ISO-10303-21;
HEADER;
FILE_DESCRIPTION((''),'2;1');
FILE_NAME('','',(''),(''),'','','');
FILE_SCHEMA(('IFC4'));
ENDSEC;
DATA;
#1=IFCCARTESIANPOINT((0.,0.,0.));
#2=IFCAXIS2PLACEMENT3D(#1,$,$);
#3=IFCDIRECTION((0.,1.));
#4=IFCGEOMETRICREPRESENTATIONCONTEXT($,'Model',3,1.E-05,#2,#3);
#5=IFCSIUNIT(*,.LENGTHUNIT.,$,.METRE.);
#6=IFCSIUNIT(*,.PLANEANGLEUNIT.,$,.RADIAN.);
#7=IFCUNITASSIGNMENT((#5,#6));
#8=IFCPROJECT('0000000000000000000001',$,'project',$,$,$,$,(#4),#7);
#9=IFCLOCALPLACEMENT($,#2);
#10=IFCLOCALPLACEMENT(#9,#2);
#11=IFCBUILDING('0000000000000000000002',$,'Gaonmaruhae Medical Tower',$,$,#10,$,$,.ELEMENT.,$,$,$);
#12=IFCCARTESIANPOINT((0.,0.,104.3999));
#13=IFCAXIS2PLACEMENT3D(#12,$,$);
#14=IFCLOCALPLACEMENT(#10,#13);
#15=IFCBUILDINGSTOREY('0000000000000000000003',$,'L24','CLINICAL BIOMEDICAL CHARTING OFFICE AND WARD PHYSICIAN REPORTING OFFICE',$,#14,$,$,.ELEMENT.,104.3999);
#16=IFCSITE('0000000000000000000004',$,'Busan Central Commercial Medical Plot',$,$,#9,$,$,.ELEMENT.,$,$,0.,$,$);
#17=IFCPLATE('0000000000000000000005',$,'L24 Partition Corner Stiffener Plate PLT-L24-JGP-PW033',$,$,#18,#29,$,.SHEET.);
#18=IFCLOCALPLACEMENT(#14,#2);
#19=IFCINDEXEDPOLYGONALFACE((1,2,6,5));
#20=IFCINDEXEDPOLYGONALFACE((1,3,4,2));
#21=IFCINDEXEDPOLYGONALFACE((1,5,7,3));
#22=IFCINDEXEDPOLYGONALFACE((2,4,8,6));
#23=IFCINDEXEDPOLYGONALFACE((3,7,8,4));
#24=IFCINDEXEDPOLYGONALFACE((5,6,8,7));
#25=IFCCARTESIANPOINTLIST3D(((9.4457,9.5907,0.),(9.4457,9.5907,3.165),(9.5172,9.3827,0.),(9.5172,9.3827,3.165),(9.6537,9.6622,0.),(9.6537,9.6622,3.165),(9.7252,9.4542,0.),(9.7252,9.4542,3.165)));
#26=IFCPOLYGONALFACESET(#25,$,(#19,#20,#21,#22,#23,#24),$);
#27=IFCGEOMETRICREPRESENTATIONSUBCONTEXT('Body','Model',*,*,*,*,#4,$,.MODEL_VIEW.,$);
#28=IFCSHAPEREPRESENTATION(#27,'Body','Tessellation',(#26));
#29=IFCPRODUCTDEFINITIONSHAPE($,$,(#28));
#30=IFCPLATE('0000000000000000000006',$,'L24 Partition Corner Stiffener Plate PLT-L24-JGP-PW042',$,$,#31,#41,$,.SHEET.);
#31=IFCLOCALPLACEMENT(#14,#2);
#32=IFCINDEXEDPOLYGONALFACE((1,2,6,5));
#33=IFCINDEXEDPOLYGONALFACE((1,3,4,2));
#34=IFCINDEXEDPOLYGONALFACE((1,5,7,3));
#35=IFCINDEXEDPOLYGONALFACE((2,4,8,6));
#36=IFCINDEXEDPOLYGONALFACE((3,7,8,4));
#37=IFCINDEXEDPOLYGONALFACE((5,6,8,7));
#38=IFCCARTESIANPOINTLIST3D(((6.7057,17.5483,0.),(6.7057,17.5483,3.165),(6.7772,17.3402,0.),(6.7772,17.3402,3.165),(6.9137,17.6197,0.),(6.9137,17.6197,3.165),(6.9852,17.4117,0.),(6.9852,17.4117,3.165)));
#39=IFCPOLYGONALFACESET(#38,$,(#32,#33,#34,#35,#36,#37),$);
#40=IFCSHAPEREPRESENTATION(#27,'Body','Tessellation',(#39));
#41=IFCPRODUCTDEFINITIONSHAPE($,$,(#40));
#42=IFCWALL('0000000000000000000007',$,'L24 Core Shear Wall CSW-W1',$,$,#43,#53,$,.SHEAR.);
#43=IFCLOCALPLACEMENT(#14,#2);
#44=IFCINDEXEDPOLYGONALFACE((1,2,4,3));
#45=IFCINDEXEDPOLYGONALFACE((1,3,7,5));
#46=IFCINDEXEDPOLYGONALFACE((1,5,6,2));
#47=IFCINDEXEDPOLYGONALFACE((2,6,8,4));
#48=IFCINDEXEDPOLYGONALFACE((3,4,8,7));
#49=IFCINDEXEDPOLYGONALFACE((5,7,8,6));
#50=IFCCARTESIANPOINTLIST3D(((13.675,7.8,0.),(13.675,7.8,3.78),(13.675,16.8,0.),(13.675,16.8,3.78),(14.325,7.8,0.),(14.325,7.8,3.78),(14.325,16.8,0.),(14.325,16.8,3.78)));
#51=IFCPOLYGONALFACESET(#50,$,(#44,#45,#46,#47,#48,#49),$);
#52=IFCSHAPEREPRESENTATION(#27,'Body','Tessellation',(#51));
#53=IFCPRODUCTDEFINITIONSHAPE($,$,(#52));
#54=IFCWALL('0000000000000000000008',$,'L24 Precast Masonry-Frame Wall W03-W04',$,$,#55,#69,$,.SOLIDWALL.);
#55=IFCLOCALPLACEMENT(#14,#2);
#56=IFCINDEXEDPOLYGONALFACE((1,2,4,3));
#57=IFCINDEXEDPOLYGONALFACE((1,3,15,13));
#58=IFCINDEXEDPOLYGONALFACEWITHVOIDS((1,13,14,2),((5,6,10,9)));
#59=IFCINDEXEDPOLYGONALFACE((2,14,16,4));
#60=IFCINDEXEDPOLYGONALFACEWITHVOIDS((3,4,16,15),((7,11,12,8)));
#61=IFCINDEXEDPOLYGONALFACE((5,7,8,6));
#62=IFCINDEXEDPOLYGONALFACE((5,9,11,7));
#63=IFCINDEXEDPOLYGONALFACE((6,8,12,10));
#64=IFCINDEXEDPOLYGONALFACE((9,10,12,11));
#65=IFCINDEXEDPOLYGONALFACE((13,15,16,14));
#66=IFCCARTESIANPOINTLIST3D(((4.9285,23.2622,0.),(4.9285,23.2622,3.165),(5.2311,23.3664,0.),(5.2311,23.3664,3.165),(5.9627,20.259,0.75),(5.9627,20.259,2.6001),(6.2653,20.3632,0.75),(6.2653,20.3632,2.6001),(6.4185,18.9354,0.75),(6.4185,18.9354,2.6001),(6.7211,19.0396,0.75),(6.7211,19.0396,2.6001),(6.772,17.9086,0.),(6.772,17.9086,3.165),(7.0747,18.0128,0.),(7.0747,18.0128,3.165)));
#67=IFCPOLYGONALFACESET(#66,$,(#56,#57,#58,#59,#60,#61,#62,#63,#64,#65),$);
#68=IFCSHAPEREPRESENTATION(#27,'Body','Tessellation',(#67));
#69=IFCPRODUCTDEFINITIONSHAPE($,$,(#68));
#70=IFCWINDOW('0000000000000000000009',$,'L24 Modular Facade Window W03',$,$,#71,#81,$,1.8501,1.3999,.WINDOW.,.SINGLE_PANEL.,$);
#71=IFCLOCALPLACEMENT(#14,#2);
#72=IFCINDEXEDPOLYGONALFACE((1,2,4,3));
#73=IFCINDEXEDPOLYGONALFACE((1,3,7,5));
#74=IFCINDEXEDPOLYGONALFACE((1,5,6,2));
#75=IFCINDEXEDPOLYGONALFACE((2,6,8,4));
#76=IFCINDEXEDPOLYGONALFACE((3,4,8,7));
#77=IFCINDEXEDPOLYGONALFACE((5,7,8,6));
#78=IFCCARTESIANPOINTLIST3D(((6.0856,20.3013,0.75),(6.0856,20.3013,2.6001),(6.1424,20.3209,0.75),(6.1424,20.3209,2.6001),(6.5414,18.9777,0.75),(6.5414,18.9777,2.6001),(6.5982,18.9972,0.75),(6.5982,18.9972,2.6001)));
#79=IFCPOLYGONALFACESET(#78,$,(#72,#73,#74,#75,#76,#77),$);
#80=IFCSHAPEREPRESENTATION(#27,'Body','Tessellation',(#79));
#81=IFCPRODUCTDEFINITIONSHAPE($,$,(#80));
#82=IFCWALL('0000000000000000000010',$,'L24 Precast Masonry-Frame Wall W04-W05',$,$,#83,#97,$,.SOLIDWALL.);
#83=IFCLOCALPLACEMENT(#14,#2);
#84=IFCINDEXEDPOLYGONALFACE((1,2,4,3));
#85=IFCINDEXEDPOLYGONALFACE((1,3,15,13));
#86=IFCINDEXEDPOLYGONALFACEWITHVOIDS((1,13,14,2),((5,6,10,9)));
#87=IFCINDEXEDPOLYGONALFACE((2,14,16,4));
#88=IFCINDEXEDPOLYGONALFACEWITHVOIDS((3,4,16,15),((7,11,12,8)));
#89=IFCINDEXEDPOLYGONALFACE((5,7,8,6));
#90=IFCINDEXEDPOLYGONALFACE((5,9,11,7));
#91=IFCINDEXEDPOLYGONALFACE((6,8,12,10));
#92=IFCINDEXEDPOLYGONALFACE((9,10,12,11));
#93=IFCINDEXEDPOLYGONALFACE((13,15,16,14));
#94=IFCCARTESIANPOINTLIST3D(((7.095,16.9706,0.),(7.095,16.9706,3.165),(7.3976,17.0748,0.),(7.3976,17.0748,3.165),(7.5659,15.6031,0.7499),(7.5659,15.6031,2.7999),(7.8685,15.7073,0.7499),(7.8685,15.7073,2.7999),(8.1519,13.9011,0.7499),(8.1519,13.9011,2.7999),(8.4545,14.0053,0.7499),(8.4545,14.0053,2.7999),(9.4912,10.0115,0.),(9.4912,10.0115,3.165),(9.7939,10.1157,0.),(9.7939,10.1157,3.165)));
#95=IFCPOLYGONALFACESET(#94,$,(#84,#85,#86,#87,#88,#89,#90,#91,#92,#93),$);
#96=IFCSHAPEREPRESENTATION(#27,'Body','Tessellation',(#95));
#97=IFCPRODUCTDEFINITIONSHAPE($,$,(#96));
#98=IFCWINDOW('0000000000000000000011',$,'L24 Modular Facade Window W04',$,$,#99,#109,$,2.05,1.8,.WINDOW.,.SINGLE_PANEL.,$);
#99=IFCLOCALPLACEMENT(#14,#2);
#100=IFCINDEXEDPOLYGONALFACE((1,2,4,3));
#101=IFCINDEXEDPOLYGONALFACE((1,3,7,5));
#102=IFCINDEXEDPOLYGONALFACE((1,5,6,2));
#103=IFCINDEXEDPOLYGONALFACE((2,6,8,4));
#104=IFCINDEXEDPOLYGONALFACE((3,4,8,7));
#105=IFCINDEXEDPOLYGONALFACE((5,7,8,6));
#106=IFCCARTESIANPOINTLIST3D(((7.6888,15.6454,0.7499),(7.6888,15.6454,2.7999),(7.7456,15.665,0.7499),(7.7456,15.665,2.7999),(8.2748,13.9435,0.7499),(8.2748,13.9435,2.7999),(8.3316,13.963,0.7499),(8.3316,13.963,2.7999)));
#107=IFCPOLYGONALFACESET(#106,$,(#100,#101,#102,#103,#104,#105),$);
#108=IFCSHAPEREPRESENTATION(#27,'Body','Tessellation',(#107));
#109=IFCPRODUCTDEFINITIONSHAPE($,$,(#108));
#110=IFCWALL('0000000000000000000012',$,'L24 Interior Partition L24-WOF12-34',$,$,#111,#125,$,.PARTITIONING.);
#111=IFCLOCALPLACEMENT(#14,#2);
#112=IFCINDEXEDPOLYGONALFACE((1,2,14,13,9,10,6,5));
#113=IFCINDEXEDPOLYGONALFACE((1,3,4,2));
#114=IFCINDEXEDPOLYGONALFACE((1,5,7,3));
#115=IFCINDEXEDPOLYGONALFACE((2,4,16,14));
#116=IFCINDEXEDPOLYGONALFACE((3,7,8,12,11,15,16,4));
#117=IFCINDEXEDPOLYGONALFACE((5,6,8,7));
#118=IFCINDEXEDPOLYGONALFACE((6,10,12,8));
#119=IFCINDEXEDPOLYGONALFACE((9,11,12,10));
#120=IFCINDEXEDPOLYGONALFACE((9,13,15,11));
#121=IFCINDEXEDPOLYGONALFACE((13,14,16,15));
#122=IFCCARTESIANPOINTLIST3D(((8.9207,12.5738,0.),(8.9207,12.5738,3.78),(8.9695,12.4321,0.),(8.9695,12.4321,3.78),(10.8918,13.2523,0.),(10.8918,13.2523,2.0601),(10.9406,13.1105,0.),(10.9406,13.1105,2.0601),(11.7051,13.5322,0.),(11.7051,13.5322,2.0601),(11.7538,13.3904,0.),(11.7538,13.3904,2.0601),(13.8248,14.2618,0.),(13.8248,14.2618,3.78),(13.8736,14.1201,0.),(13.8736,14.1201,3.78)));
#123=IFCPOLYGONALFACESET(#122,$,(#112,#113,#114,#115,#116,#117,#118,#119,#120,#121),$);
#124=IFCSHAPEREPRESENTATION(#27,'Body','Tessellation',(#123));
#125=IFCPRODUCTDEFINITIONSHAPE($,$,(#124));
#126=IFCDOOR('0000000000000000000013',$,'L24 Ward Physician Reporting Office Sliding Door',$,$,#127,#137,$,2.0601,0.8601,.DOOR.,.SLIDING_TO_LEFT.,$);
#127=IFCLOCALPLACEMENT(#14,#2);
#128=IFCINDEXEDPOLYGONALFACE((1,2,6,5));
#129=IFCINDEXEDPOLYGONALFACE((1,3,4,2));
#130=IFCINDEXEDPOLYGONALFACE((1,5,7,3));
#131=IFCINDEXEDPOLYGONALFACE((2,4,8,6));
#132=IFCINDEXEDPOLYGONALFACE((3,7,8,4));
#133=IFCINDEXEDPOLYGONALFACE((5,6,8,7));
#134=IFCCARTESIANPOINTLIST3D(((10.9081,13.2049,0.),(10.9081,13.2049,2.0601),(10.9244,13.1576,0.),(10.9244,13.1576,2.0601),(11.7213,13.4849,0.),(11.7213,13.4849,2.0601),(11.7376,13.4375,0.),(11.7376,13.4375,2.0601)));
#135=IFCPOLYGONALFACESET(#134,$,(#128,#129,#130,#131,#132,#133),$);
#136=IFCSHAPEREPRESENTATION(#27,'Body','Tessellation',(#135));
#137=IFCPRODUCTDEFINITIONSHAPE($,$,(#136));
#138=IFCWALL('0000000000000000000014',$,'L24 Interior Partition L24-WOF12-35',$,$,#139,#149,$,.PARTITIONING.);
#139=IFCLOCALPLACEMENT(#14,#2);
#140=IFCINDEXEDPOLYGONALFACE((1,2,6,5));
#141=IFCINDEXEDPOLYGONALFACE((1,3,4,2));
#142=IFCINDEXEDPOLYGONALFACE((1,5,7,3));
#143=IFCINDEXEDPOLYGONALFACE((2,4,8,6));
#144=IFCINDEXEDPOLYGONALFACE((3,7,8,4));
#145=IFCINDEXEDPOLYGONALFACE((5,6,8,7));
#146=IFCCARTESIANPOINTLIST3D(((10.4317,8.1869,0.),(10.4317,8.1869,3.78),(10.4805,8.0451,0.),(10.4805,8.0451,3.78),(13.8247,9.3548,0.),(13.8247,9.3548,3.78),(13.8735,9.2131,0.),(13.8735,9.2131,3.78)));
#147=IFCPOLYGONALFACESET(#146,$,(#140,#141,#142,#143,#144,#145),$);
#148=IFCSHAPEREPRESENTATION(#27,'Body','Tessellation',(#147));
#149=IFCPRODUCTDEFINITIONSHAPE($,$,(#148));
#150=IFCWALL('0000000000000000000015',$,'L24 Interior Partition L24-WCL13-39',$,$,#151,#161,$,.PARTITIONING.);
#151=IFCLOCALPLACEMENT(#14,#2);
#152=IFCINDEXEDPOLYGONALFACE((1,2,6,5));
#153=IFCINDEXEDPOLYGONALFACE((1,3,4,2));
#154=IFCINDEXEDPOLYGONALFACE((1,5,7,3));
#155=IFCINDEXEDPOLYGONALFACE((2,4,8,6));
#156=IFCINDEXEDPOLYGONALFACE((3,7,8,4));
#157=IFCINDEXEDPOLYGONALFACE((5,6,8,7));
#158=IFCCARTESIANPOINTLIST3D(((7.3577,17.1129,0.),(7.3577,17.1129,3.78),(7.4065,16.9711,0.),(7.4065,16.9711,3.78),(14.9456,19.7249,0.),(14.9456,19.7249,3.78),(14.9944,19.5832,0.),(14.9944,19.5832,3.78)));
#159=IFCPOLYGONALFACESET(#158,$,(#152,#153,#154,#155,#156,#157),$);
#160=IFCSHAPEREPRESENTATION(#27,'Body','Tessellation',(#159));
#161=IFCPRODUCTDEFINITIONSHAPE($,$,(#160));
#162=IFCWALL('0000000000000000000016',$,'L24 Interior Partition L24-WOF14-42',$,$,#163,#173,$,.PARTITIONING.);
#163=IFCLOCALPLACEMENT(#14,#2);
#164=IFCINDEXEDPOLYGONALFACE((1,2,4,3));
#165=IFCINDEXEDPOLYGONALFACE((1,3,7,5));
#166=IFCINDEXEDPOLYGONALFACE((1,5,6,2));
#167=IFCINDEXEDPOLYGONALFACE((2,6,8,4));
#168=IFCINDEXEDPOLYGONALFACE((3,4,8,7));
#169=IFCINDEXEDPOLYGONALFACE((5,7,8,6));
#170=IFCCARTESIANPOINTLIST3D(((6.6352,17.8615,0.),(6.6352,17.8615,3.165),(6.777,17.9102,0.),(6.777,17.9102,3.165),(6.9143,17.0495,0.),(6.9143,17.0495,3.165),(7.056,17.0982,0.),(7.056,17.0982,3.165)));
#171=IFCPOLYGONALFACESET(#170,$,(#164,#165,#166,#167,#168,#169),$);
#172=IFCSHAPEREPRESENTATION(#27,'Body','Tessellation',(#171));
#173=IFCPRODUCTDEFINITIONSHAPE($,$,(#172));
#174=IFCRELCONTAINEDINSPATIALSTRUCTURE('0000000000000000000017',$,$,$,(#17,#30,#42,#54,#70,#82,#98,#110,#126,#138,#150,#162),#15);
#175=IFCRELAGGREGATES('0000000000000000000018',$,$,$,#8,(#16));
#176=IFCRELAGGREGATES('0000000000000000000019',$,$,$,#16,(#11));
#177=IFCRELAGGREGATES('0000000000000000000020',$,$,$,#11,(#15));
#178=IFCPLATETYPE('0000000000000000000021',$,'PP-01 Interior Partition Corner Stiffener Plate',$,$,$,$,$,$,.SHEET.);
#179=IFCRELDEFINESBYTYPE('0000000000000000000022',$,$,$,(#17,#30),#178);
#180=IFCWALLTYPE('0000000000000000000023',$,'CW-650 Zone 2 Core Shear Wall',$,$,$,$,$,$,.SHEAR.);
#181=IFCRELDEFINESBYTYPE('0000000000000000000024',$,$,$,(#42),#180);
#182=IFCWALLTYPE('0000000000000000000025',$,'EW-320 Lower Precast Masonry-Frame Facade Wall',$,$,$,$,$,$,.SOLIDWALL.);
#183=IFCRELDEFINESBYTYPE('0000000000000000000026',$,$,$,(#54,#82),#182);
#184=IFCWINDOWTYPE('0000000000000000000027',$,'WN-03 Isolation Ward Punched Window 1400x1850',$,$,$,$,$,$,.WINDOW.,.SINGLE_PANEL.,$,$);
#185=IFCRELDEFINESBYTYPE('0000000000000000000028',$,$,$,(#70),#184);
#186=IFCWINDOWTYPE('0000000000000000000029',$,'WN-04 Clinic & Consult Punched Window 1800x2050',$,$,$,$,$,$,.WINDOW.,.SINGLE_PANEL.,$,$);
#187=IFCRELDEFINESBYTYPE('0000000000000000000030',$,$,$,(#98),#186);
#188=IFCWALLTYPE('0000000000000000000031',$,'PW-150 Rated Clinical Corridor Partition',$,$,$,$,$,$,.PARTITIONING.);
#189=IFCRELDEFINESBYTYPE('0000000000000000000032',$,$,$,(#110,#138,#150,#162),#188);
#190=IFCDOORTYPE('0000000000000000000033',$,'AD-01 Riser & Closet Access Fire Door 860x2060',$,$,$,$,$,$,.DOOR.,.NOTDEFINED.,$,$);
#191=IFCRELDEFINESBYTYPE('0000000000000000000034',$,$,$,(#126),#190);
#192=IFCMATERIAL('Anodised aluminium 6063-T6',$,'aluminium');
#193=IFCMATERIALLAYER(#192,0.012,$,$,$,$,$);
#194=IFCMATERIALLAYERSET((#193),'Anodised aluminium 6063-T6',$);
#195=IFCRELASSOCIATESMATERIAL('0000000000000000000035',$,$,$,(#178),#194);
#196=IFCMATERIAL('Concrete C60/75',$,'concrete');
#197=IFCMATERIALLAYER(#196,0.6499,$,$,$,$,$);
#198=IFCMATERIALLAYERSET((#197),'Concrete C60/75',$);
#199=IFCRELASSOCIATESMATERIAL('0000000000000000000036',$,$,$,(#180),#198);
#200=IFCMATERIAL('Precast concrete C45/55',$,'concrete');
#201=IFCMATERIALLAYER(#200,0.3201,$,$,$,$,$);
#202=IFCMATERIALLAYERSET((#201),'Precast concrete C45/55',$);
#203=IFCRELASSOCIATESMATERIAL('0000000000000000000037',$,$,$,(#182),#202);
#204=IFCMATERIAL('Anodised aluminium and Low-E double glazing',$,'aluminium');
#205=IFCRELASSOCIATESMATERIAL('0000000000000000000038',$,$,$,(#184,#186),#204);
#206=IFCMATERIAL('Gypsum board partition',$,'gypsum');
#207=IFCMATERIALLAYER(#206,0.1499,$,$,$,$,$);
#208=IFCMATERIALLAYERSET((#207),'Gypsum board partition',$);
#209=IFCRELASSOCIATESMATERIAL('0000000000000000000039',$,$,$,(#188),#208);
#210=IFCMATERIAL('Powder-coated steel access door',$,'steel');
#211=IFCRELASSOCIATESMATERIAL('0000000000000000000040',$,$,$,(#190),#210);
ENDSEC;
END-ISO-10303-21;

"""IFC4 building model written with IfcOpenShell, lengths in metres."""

from ifc_helpers import new_model, si_unit, direction, frame, frame_2d, origin, origin_2d, place, context, subcontext, project, spatial, rectangle, extrude, material, layer, layer_set, type_object, element, fill, save


model = new_model("IFC4")

# Units and contexts
model_context = context("Model", 3, precision=1e-05, world=origin(), true_north=direction((0.0, 1.0)))
body_context = subcontext(model_context, "Body", "Model", "MODEL_VIEW")
ifc_project = project(units=[si_unit("LENGTHUNIT", "METRE"), si_unit("PLANEANGLEUNIT", "RADIAN")], contexts=[model_context])

# Site, building, storey
site_placement = place(None, origin())
site = spatial("IfcSite", under=ifc_project, at=site_placement, Name="Busan Central Commercial Medical Plot", CompositionType="ELEMENT", RefElevation=0.0)
building_placement = place(site_placement, origin())
building = spatial("IfcBuilding", under=site, at=building_placement, Name="Gaonmaruhae Medical Tower", CompositionType="ELEMENT")
storey_placement = place(building_placement, frame((0.0, 0.0, 104.3999)))
storey = spatial("IfcBuildingStorey", under=building, at=storey_placement, Name="L24", Description="CLINICAL BIOMEDICAL CHARTING OFFICE AND WARD PHYSICIAN REPORTING OFFICE", CompositionType="ELEMENT", Elevation=104.3999)

# Shared definitions
ifc_material_1 = material(Name="Concrete C60/75", Category="concrete")

# Plates
ifc_material_2 = material(Name="Anodised aluminium 6063-T6", Category="aluminium")
ifc_layer_1 = layer(ifc_material_2, 0.012)
ifc_layer_set_1 = layer_set([ifc_layer_1], Name="Anodised aluminium 6063-T6")
plate_type = type_object("IfcPlateType", Name="PP-01 Interior Partition Corner Stiffener Plate", PredefinedType="SHEET", material=ifc_layer_set_1)
for number, where, z_axis, x_axis, name in (
    (1, (9.5854, 9.5225, 0.0), (0.0, 0.0, 1.0), (-0.325337, 0.945598, 0.0), "L24 Partition Corner Stiffener Plate PLT-L24-JGP-PW033"),
    (2, (6.8455, 17.48, 0.0), (0.0, 0.0, 1.0), (-0.324957, 0.945729, 0.0), "L24 Partition Corner Stiffener Plate PLT-L24-JGP-PW042"),
):
    element("IfcPlate", number, at=place(storey_placement, frame(where, z_axis=z_axis, x_axis=x_axis)), inside=storey, type_object=plate_type, Name=name, PredefinedType="SHEET", context=body_context, shape_type="SweptSolid", body=[
        extrude(rectangle(XDim=0.22, YDim=0.22, at=origin_2d()), origin(), (0.0, 0.0, 1.0), 3.165),
    ])

# Wall
ifc_layer_2 = layer(ifc_material_1, 0.6499)
ifc_layer_set_2 = layer_set([ifc_layer_2], Name="Concrete C60/75")
wall_type_1 = type_object("IfcWallType", Name="CW-650 Zone 2 Core Shear Wall", PredefinedType="SHEAR", material=ifc_layer_set_2)
wall_1_placement = place(storey_placement, frame((14.0, 16.8, 0.0), z_axis=(0.0, 0.0, 1.0), x_axis=(0.0, -1.0, 0.0)))
element("IfcWall", 3, at=wall_1_placement, inside=storey, type_object=wall_type_1, Name="L24 Core Shear Wall CSW-W1", PredefinedType="SHEAR", context=body_context, shape_type="SweptSolid", body=[
    extrude(rectangle(XDim=9.0, YDim=0.6499, at=frame_2d((4.5, 0.0))), origin(), (0.0, 0.0, 1.0), 3.78),
])

# Walls, openings, windows
ifc_material_3 = material(Name="Precast concrete C45/55", Category="concrete")
ifc_layer_3 = layer(ifc_material_3, 0.3201)
ifc_layer_set_3 = layer_set([ifc_layer_3], Name="Precast concrete C45/55")
wall_type_2 = type_object("IfcWallType", Name="EW-320 Lower Precast Masonry-Frame Facade Wall", PredefinedType="SOLIDWALL", material=ifc_layer_set_3)
wall_2_placement = place(storey_placement, frame((6.9233, 17.9607, 0.0), z_axis=(0.0, 0.0, 1.0), x_axis=(-0.325591, 0.945511, 0.0)))
wall_2 = element("IfcWall", 4, at=wall_2_placement, inside=storey, type_object=wall_type_2, Name="L24 Precast Masonry-Frame Wall W03-W04", PredefinedType="SOLIDWALL", context=body_context, shape_type="SweptSolid", body=[
    extrude(rectangle(XDim=5.6621, YDim=0.3201, at=frame_2d((2.8311, 0.0))), origin(), (0.0, 0.0, 1.0), 3.165),
])
opening_1_placement = place(wall_2_placement, frame((1.0859, 0.0, 0.75)))
opening_1 = element("IfcOpeningElement", 5, at=opening_1_placement, cuts=wall_2, PredefinedType="OPENING", context=body_context, shape_type="SweptSolid", body=[
    extrude(rectangle(XDim=1.3999, YDim=1.8501, at=frame_2d((0.7, 0.925))), frame((0.0, 0.1699, 0.0), z_axis=(0.0, -1.0, 0.0), x_axis=(1.0, 0.0, 0.0)), (0.0, 0.0, 1.0), 0.3401),
])
ifc_material_4 = material(Name="Anodised aluminium and Low-E double glazing", Category="aluminium")
window_type_1 = type_object("IfcWindowType", Name="WN-03 Isolation Ward Punched Window 1400x1850", PartitioningType="SINGLE_PANEL", PredefinedType="WINDOW", material=ifc_material_4)
window_1_placement = place(opening_1_placement, origin())
window_1 = element("IfcWindow", 6, at=window_1_placement, inside=storey, type_object=window_type_1, Name="L24 Modular Facade Window W03", OverallHeight=1.8501, OverallWidth=1.3999, PartitioningType="SINGLE_PANEL", PredefinedType="WINDOW", context=body_context, shape_type="SweptSolid", body=[
    extrude(rectangle(XDim=1.3999, YDim=1.8501, at=frame_2d((0.7, 0.925))), frame((0.0, 0.03, 0.0), z_axis=(0.0, -1.0, 0.0), x_axis=(1.0, 0.0, 0.0)), (0.0, 0.0, 1.0), 0.0601),
])
fill(opening_1, window_1)
wall_3_placement = place(storey_placement, frame((9.6426, 10.0635, 0.0), z_axis=(0.0, 0.0, 1.0), x_axis=(-0.325566, 0.945519, 0.0)))
wall_3 = element("IfcWall", 7, at=wall_3_placement, inside=storey, type_object=wall_type_2, Name="L24 Precast Masonry-Frame Wall W04-W05", PredefinedType="SOLIDWALL", context=body_context, shape_type="SweptSolid", body=[
    extrude(rectangle(XDim=7.3601, YDim=0.3201, at=frame_2d((3.6802, 0.0))), origin(), (0.0, 0.0, 1.0), 3.165),
])
opening_2_placement = place(wall_3_placement, frame((4.114, 0.0, 0.75)))
opening_2 = element("IfcOpeningElement", 8, at=opening_2_placement, cuts=wall_3, PredefinedType="OPENING", context=body_context, shape_type="SweptSolid", body=[
    extrude(rectangle(XDim=1.8, YDim=2.05, at=frame_2d((0.8999, 1.0249))), frame((0.0, 0.1699, 0.0), z_axis=(0.0, -1.0, 0.0), x_axis=(1.0, 0.0, 0.0)), (0.0, 0.0, 1.0), 0.3401),
])
window_type_2 = type_object("IfcWindowType", Name="WN-04 Clinic & Consult Punched Window 1800x2050", PartitioningType="SINGLE_PANEL", PredefinedType="WINDOW", material=ifc_material_4)
window_2_placement = place(opening_2_placement, origin())
window_2 = element("IfcWindow", 9, at=window_2_placement, inside=storey, type_object=window_type_2, Name="L24 Modular Facade Window W04", OverallHeight=2.05, OverallWidth=1.8, PartitioningType="SINGLE_PANEL", PredefinedType="WINDOW", context=body_context, shape_type="SweptSolid", body=[
    extrude(rectangle(XDim=1.8, YDim=2.05, at=frame_2d((0.8999, 1.0249))), frame((0.0, 0.03, 0.0), z_axis=(0.0, -1.0, 0.0), x_axis=(1.0, 0.0, 0.0)), (0.0, 0.0, 1.0), 0.0601),
])
fill(opening_2, window_2)

# Wall, opening, door
ifc_material_5 = material(Name="Gypsum board partition", Category="gypsum")
ifc_layer_4 = layer(ifc_material_5, 0.1499)
ifc_layer_set_4 = layer_set([ifc_layer_4], Name="Gypsum board partition")
wall_type_3 = type_object("IfcWallType", Name="PW-150 Rated Clinical Corridor Partition", PredefinedType="PARTITIONING", material=ifc_layer_set_4)
wall_4_placement = place(storey_placement, frame((8.9451, 12.5029, 0.0), z_axis=(0.0, 0.0, 1.0), x_axis=(0.945555, 0.325463, 0.0)))
wall_4 = element("IfcWall", 10, at=wall_4_placement, inside=storey, type_object=wall_type_3, Name="L24 Interior Partition L24-WOF12-34", PredefinedType="PARTITIONING", context=body_context, shape_type="SweptSolid", body=[
    extrude(rectangle(XDim=5.1865, YDim=0.1499, at=frame_2d((2.5933, 0.0))), origin(), (0.0, 0.0, 1.0), 3.78),
])
opening_3_placement = place(wall_4_placement, frame((2.0845, 0.0, 0.0)))
opening_3 = element("IfcOpeningElement", 11, at=opening_3_placement, cuts=wall_4, PredefinedType="OPENING", context=body_context, shape_type="SweptSolid", body=[
    extrude(rectangle(XDim=0.8601, YDim=2.0601, at=frame_2d((0.4302, 1.03))), frame((0.0, 0.085, 0.0), z_axis=(0.0, -1.0, 0.0), x_axis=(1.0, 0.0, 0.0)), (0.0, 0.0, 1.0), 0.1699),
])
ifc_material_6 = material(Name="Powder-coated steel access door", Category="steel")
door_type = type_object("IfcDoorType", Name="AD-01 Riser & Closet Access Fire Door 860x2060", OperationType="NOTDEFINED", PredefinedType="DOOR", material=ifc_material_6)
door_placement = place(opening_3_placement, origin())
door = element("IfcDoor", 12, at=door_placement, inside=storey, type_object=door_type, Name="L24 Ward Physician Reporting Office Sliding Door", OperationType="SLIDING_TO_LEFT", OverallHeight=2.0601, OverallWidth=0.8601, PredefinedType="DOOR", context=body_context, shape_type="SweptSolid", body=[
    extrude(rectangle(XDim=0.8601, YDim=2.0601, at=frame_2d((0.4302, 1.03))), frame((0.0, 0.0249, 0.0), z_axis=(0.0, -1.0, 0.0), x_axis=(1.0, 0.0, 0.0)), (0.0, 0.0, 1.0), 0.05),
])
fill(opening_3, door)

# Walls
wall_5_placement = place(storey_placement, frame((13.8491, 9.2839, 0.0), z_axis=(0.0, 0.0, 1.0), x_axis=(-0.945549, -0.325479, 0.0)))
element("IfcWall", 13, at=wall_5_placement, inside=storey, type_object=wall_type_3, Name="L24 Interior Partition L24-WOF12-35", PredefinedType="PARTITIONING", context=body_context, shape_type="SweptSolid", body=[
    extrude(rectangle(XDim=3.5884, YDim=0.1499, at=frame_2d((1.7942, 0.0))), origin(), (0.0, 0.0, 1.0), 3.78),
])
wall_6_placement = place(storey_placement, frame((7.3821, 17.042, 0.0), z_axis=(0.0, 0.0, 1.0), x_axis=(0.945544, 0.325495, 0.0)))
element("IfcWall", 14, at=wall_6_placement, inside=storey, type_object=wall_type_3, Name="L24 Interior Partition L24-WCL13-39", PredefinedType="PARTITIONING", context=body_context, shape_type="SweptSolid", body=[
    extrude(rectangle(XDim=8.0249, YDim=0.1499, at=frame_2d((4.0125, 0.0))), origin(), (0.0, 0.0, 1.0), 3.78),
])
wall_7_placement = place(storey_placement, frame((6.9851, 17.074, 0.0), z_axis=(0.0, 0.0, 1.0), x_axis=(-0.325, 0.945714, 0.0)))
element("IfcWall", 15, at=wall_7_placement, inside=storey, type_object=wall_type_3, Name="L24 Interior Partition L24-WOF14-42", PredefinedType="PARTITIONING", context=body_context, shape_type="SweptSolid", body=[
    extrude(rectangle(XDim=0.8586, YDim=0.1499, at=frame_2d((0.4292, 0.0))), origin(), (0.0, 0.0, 1.0), 3.165),
])

save(model, "model.ifc")
